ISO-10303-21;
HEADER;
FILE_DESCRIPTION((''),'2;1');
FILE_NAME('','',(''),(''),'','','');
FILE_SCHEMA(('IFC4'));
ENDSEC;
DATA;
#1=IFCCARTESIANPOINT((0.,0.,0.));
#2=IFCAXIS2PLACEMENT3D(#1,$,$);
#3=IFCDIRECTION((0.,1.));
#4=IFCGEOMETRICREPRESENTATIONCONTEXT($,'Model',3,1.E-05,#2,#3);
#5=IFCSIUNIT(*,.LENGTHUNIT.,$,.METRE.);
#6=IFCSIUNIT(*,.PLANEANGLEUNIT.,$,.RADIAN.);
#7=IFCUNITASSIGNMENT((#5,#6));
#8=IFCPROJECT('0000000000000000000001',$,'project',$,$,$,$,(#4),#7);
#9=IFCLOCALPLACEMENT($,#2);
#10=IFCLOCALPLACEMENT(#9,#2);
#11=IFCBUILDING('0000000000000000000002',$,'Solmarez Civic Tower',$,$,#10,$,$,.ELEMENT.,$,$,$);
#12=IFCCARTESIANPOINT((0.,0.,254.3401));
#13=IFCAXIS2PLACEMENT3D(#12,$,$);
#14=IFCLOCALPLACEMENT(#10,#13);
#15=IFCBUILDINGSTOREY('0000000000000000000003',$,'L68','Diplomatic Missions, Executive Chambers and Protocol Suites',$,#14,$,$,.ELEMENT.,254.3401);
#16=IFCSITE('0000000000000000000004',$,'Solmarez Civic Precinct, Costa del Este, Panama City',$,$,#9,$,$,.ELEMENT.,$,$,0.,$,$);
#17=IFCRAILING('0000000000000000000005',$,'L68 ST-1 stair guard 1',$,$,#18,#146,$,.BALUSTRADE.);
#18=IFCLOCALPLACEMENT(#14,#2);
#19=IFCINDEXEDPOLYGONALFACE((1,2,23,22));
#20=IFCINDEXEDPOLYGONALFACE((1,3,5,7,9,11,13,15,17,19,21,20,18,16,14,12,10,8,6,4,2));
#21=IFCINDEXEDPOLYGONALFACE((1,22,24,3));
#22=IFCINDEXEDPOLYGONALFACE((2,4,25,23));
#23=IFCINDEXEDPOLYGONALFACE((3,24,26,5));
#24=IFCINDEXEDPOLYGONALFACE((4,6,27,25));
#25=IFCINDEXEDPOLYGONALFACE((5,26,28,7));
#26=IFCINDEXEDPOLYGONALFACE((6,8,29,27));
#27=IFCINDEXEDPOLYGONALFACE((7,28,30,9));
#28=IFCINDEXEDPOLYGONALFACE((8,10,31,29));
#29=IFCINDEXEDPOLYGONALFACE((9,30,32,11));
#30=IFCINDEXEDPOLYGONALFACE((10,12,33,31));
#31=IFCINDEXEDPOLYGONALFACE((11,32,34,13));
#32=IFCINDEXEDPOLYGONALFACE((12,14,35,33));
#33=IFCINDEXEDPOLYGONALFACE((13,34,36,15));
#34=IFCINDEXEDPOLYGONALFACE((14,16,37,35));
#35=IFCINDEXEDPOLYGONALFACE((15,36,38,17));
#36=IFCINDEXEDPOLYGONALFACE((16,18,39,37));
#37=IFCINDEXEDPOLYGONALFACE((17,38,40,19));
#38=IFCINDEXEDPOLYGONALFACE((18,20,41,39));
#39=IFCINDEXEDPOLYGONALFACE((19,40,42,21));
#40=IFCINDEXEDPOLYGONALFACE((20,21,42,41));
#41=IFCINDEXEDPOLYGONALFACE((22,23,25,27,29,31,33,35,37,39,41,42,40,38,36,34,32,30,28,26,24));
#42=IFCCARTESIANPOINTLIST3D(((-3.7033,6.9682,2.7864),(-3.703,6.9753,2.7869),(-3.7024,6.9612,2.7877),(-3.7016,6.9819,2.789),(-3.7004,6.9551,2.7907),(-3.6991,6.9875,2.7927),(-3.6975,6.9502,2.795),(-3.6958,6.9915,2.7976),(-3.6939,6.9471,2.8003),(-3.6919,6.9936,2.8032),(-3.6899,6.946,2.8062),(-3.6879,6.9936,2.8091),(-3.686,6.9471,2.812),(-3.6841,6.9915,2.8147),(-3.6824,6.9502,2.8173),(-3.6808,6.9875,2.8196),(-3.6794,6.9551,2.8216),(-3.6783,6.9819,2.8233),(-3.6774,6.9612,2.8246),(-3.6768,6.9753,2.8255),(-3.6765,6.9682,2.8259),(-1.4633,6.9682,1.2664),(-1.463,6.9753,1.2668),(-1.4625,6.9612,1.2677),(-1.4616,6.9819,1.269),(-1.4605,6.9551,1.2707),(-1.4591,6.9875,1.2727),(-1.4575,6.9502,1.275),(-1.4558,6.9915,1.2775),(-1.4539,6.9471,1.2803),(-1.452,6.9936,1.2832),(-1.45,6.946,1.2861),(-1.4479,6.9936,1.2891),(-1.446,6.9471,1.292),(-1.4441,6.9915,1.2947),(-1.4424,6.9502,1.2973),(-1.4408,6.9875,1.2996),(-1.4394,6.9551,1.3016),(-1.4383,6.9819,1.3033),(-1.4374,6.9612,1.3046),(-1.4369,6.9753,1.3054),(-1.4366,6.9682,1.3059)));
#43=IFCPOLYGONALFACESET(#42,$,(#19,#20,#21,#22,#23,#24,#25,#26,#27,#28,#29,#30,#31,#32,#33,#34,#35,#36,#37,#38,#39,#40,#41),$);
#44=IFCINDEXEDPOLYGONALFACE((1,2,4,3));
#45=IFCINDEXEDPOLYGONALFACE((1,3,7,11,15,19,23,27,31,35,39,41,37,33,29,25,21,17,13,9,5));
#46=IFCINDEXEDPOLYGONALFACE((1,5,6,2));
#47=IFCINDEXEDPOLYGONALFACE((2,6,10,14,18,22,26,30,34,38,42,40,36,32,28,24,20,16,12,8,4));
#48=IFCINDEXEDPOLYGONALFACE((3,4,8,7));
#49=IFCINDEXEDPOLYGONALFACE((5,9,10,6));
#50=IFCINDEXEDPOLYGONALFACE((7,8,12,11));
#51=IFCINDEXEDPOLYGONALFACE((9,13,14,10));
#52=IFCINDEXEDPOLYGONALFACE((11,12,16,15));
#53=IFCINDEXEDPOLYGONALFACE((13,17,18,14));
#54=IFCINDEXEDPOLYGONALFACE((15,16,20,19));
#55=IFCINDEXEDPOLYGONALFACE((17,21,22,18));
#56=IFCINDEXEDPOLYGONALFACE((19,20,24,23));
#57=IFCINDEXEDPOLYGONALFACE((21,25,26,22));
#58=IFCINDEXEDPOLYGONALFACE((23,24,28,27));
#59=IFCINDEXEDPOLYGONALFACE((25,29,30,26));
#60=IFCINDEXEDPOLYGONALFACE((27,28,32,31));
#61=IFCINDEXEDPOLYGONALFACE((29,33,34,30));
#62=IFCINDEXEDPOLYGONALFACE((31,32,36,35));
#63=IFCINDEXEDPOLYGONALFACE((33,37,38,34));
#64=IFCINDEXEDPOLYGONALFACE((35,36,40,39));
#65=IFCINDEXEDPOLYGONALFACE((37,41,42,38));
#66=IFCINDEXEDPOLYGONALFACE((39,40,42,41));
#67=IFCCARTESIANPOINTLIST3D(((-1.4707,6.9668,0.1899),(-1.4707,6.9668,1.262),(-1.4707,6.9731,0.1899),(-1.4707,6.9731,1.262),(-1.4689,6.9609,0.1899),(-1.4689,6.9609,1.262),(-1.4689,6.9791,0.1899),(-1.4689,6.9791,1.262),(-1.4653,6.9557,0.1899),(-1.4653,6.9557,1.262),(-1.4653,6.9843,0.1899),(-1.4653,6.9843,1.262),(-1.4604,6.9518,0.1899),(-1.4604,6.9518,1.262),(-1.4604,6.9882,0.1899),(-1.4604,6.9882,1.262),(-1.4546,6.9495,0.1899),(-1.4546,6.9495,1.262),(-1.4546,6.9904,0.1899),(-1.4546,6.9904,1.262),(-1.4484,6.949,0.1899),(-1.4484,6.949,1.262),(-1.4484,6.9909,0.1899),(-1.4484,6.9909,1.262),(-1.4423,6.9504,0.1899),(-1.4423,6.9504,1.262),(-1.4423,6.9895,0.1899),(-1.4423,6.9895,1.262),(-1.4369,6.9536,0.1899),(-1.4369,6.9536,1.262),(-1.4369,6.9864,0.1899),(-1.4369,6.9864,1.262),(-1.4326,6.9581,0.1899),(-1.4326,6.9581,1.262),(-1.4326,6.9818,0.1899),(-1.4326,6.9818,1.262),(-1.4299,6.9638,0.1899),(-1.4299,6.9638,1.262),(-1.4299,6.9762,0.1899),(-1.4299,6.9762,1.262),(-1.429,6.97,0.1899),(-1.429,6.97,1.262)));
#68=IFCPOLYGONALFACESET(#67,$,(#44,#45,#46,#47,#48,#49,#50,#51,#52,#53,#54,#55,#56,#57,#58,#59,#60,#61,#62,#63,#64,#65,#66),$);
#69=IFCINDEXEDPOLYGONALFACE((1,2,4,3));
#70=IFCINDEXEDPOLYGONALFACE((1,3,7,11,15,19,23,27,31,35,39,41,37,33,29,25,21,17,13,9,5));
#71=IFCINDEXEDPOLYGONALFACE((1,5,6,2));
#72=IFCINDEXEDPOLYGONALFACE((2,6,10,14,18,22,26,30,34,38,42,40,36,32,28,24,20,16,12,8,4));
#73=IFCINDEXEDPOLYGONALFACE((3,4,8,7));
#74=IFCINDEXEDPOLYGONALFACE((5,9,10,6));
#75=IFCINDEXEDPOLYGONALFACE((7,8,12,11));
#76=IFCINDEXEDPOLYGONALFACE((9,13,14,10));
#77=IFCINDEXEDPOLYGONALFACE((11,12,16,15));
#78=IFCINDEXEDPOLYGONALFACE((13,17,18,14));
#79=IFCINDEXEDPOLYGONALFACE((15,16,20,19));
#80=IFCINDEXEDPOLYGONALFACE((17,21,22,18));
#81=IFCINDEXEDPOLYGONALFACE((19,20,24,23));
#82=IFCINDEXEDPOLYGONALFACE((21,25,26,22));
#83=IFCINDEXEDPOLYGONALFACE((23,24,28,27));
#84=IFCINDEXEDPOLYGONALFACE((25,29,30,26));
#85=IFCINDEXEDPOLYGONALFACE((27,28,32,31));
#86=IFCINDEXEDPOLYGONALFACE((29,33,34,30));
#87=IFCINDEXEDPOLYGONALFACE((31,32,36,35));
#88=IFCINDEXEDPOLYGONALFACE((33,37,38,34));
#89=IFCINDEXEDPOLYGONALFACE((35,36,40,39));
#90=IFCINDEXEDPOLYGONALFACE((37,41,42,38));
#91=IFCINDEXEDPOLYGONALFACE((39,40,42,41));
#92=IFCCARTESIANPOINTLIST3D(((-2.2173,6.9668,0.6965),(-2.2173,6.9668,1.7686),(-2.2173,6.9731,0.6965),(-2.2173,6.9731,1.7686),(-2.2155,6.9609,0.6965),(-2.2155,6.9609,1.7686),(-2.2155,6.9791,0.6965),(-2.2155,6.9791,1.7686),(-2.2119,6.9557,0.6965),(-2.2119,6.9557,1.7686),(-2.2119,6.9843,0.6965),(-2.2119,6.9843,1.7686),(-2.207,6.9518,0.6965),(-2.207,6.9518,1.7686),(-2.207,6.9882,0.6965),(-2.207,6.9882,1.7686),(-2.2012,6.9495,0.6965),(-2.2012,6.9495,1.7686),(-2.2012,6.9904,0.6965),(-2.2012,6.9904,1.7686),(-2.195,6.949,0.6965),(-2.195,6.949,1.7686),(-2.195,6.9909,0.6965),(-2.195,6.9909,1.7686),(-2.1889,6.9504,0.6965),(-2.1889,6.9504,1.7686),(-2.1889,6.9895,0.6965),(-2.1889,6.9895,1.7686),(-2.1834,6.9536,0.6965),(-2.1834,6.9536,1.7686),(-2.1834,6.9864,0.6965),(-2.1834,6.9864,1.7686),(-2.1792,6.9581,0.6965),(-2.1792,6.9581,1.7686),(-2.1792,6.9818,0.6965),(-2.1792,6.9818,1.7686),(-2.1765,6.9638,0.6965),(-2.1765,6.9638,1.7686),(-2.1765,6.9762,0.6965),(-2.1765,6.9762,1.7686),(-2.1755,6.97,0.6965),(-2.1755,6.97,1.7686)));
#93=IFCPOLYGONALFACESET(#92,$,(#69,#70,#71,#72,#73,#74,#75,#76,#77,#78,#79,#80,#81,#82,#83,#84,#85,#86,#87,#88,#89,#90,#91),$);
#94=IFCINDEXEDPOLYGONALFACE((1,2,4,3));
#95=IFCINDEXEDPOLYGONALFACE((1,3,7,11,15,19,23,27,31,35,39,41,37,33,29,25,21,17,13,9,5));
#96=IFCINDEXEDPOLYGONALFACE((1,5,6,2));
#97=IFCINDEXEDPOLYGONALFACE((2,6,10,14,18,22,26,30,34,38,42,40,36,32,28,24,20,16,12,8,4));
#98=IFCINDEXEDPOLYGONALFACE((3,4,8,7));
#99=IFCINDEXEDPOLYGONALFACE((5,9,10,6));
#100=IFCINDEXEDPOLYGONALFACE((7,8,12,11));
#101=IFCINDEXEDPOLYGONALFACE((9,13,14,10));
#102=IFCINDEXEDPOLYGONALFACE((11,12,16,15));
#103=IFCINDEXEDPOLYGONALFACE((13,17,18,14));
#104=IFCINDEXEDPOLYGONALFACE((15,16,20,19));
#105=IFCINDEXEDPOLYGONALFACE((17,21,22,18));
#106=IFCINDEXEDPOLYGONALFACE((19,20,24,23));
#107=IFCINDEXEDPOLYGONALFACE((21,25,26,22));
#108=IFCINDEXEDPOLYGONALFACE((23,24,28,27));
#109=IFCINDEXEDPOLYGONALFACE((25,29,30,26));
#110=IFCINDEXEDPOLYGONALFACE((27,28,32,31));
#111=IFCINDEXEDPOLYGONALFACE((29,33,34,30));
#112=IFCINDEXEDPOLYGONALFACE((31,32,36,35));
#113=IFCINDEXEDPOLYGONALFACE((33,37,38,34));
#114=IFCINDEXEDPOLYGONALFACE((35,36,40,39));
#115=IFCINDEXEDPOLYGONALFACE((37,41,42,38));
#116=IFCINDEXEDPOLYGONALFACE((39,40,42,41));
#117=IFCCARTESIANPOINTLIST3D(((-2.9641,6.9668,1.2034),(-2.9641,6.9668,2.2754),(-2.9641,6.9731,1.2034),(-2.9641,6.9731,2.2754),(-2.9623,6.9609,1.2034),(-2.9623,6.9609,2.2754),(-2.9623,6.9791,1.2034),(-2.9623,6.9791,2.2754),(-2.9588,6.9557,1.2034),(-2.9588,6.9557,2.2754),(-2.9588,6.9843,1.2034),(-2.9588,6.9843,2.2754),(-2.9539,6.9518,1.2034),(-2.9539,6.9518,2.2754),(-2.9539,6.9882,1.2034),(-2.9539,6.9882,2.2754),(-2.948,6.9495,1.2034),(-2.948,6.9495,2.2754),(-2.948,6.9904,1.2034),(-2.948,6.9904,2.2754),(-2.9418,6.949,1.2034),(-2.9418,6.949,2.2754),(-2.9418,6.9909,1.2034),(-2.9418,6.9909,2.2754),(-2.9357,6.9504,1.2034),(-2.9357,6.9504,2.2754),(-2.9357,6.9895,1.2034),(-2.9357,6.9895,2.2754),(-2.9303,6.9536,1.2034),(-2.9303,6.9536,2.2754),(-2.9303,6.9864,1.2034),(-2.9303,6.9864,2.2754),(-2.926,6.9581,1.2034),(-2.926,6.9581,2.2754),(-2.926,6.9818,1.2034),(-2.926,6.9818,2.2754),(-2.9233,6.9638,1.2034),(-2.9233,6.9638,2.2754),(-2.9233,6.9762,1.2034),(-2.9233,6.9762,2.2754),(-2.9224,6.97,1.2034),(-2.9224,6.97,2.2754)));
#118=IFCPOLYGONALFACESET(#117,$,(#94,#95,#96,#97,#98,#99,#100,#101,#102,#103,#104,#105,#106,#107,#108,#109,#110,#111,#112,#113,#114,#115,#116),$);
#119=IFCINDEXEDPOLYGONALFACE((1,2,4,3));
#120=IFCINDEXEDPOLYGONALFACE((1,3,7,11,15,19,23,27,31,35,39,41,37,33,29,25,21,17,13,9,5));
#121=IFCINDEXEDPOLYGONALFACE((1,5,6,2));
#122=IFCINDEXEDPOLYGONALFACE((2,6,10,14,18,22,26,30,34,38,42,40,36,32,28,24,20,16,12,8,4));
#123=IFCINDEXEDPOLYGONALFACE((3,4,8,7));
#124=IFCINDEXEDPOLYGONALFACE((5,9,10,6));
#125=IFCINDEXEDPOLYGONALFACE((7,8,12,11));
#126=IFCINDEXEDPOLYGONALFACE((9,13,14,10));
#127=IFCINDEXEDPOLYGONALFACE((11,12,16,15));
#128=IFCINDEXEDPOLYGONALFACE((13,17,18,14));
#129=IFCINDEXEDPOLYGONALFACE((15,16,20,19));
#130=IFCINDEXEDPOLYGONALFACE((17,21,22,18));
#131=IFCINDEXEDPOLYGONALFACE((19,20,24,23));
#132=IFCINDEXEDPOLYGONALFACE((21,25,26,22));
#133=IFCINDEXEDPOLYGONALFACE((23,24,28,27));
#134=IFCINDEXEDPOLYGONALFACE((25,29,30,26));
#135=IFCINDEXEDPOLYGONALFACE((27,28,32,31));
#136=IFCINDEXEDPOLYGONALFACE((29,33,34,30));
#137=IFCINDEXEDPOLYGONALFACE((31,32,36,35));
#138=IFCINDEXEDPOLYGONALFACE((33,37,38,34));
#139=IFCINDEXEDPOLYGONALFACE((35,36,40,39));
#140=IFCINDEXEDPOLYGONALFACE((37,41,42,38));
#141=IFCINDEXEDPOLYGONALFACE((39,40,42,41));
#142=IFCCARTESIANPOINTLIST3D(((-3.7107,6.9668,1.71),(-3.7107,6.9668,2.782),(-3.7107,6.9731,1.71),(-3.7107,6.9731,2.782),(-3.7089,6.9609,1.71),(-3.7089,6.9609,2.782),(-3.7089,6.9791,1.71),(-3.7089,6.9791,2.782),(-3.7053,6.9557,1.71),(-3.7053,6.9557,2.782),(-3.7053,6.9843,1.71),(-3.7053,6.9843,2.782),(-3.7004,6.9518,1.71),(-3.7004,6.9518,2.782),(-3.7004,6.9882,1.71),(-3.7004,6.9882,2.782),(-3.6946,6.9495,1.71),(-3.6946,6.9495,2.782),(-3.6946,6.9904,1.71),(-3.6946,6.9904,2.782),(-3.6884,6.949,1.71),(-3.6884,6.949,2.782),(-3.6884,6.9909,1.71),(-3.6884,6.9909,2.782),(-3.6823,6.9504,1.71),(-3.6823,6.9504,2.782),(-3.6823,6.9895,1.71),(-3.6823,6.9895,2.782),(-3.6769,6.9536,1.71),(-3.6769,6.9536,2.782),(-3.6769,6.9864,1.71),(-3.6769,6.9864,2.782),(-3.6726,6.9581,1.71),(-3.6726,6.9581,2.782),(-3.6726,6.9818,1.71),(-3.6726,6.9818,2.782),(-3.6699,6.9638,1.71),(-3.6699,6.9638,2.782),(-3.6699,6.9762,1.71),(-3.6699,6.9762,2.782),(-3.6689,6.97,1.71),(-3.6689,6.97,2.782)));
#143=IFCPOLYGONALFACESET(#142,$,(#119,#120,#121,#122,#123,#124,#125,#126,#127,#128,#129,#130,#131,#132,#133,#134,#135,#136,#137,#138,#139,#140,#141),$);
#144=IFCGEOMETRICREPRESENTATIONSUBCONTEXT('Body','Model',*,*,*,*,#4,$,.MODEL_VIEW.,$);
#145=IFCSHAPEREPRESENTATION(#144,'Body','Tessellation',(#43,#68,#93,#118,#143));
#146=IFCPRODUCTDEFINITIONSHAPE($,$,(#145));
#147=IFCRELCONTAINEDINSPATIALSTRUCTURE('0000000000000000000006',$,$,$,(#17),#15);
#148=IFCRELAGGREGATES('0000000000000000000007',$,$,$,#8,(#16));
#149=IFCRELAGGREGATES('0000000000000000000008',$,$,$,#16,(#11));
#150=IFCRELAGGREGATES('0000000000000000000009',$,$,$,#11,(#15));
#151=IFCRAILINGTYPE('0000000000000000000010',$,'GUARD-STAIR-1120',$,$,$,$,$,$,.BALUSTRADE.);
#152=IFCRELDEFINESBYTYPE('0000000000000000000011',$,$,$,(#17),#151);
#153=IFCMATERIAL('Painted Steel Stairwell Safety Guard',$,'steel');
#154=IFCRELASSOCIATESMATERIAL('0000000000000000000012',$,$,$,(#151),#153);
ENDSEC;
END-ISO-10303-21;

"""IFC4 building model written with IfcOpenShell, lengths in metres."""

from ifc_helpers import new_model, si_unit, direction, frame, origin, origin_2d, place, context, subcontext, project, spatial, circle, extrude, material, type_object, element, save


model = new_model("IFC4")

# Units and contexts
model_context = context("Model", 3, precision=1e-05, world=origin(), true_north=direction((0.0, 1.0)))
body_context = subcontext(model_context, "Body", "Model", "MODEL_VIEW")
ifc_project = project(units=[si_unit("LENGTHUNIT", "METRE"), si_unit("PLANEANGLEUNIT", "RADIAN")], contexts=[model_context])

# Site, building, storey
site_placement = place(None, origin())
site = spatial("IfcSite", under=ifc_project, at=site_placement, Name="Solmarez Civic Precinct, Costa del Este, Panama City", CompositionType="ELEMENT", RefElevation=0.0)
building_placement = place(site_placement, origin())
building = spatial("IfcBuilding", under=site, at=building_placement, Name="Solmarez Civic Tower", CompositionType="ELEMENT")
storey_placement = place(building_placement, frame((0.0, 0.0, 254.3401)))
storey = spatial("IfcBuildingStorey", under=building, at=storey_placement, Name="L68", Description="Diplomatic Missions, Executive Chambers and Protocol Suites", CompositionType="ELEMENT", Elevation=254.3401)

# Railing
ifc_material_1 = material(Name="Painted Steel Stairwell Safety Guard", Category="steel")
railing_type_1 = type_object("IfcRailingType", Name="GUARD-STAIR-1120", PredefinedType="BALUSTRADE", material=ifc_material_1)
railing_1_placement = place(storey_placement, frame((-1.45, 6.97, 0.1899)))
element("IfcRailing", 1, at=railing_1_placement, inside=storey, type_object=railing_type_1, Name="L68 ST-1 stair guard 1", PredefinedType="BALUSTRADE", context=body_context, shape_type="SweptSolid", body=[
    extrude(circle(Radius=0.0239, at=origin_2d()), frame((0.0, 0.0, 1.0962), z_axis=(-0.827471, 0.0, 0.561508), x_axis=(0.0, -1.0, 0.0)), (0.0, 0.0, 1.0), 2.707),
    extrude(circle(Radius=0.021, at=origin_2d()), origin(), (0.0, 0.0, 1.0), 1.072),
    extrude(circle(Radius=0.021, at=origin_2d()), frame((-0.7466, 0.0, 0.5066)), (0.0, 0.0, 1.0), 1.072),
    extrude(circle(Radius=0.021, at=origin_2d()), frame((-1.4934, 0.0, 1.0134)), (0.0, 0.0, 1.0), 1.072),
    extrude(circle(Radius=0.021, at=origin_2d()), frame((-2.24, 0.0, 1.52)), (0.0, 0.0, 1.0), 1.072),
])

save(model, "model.ifc")
